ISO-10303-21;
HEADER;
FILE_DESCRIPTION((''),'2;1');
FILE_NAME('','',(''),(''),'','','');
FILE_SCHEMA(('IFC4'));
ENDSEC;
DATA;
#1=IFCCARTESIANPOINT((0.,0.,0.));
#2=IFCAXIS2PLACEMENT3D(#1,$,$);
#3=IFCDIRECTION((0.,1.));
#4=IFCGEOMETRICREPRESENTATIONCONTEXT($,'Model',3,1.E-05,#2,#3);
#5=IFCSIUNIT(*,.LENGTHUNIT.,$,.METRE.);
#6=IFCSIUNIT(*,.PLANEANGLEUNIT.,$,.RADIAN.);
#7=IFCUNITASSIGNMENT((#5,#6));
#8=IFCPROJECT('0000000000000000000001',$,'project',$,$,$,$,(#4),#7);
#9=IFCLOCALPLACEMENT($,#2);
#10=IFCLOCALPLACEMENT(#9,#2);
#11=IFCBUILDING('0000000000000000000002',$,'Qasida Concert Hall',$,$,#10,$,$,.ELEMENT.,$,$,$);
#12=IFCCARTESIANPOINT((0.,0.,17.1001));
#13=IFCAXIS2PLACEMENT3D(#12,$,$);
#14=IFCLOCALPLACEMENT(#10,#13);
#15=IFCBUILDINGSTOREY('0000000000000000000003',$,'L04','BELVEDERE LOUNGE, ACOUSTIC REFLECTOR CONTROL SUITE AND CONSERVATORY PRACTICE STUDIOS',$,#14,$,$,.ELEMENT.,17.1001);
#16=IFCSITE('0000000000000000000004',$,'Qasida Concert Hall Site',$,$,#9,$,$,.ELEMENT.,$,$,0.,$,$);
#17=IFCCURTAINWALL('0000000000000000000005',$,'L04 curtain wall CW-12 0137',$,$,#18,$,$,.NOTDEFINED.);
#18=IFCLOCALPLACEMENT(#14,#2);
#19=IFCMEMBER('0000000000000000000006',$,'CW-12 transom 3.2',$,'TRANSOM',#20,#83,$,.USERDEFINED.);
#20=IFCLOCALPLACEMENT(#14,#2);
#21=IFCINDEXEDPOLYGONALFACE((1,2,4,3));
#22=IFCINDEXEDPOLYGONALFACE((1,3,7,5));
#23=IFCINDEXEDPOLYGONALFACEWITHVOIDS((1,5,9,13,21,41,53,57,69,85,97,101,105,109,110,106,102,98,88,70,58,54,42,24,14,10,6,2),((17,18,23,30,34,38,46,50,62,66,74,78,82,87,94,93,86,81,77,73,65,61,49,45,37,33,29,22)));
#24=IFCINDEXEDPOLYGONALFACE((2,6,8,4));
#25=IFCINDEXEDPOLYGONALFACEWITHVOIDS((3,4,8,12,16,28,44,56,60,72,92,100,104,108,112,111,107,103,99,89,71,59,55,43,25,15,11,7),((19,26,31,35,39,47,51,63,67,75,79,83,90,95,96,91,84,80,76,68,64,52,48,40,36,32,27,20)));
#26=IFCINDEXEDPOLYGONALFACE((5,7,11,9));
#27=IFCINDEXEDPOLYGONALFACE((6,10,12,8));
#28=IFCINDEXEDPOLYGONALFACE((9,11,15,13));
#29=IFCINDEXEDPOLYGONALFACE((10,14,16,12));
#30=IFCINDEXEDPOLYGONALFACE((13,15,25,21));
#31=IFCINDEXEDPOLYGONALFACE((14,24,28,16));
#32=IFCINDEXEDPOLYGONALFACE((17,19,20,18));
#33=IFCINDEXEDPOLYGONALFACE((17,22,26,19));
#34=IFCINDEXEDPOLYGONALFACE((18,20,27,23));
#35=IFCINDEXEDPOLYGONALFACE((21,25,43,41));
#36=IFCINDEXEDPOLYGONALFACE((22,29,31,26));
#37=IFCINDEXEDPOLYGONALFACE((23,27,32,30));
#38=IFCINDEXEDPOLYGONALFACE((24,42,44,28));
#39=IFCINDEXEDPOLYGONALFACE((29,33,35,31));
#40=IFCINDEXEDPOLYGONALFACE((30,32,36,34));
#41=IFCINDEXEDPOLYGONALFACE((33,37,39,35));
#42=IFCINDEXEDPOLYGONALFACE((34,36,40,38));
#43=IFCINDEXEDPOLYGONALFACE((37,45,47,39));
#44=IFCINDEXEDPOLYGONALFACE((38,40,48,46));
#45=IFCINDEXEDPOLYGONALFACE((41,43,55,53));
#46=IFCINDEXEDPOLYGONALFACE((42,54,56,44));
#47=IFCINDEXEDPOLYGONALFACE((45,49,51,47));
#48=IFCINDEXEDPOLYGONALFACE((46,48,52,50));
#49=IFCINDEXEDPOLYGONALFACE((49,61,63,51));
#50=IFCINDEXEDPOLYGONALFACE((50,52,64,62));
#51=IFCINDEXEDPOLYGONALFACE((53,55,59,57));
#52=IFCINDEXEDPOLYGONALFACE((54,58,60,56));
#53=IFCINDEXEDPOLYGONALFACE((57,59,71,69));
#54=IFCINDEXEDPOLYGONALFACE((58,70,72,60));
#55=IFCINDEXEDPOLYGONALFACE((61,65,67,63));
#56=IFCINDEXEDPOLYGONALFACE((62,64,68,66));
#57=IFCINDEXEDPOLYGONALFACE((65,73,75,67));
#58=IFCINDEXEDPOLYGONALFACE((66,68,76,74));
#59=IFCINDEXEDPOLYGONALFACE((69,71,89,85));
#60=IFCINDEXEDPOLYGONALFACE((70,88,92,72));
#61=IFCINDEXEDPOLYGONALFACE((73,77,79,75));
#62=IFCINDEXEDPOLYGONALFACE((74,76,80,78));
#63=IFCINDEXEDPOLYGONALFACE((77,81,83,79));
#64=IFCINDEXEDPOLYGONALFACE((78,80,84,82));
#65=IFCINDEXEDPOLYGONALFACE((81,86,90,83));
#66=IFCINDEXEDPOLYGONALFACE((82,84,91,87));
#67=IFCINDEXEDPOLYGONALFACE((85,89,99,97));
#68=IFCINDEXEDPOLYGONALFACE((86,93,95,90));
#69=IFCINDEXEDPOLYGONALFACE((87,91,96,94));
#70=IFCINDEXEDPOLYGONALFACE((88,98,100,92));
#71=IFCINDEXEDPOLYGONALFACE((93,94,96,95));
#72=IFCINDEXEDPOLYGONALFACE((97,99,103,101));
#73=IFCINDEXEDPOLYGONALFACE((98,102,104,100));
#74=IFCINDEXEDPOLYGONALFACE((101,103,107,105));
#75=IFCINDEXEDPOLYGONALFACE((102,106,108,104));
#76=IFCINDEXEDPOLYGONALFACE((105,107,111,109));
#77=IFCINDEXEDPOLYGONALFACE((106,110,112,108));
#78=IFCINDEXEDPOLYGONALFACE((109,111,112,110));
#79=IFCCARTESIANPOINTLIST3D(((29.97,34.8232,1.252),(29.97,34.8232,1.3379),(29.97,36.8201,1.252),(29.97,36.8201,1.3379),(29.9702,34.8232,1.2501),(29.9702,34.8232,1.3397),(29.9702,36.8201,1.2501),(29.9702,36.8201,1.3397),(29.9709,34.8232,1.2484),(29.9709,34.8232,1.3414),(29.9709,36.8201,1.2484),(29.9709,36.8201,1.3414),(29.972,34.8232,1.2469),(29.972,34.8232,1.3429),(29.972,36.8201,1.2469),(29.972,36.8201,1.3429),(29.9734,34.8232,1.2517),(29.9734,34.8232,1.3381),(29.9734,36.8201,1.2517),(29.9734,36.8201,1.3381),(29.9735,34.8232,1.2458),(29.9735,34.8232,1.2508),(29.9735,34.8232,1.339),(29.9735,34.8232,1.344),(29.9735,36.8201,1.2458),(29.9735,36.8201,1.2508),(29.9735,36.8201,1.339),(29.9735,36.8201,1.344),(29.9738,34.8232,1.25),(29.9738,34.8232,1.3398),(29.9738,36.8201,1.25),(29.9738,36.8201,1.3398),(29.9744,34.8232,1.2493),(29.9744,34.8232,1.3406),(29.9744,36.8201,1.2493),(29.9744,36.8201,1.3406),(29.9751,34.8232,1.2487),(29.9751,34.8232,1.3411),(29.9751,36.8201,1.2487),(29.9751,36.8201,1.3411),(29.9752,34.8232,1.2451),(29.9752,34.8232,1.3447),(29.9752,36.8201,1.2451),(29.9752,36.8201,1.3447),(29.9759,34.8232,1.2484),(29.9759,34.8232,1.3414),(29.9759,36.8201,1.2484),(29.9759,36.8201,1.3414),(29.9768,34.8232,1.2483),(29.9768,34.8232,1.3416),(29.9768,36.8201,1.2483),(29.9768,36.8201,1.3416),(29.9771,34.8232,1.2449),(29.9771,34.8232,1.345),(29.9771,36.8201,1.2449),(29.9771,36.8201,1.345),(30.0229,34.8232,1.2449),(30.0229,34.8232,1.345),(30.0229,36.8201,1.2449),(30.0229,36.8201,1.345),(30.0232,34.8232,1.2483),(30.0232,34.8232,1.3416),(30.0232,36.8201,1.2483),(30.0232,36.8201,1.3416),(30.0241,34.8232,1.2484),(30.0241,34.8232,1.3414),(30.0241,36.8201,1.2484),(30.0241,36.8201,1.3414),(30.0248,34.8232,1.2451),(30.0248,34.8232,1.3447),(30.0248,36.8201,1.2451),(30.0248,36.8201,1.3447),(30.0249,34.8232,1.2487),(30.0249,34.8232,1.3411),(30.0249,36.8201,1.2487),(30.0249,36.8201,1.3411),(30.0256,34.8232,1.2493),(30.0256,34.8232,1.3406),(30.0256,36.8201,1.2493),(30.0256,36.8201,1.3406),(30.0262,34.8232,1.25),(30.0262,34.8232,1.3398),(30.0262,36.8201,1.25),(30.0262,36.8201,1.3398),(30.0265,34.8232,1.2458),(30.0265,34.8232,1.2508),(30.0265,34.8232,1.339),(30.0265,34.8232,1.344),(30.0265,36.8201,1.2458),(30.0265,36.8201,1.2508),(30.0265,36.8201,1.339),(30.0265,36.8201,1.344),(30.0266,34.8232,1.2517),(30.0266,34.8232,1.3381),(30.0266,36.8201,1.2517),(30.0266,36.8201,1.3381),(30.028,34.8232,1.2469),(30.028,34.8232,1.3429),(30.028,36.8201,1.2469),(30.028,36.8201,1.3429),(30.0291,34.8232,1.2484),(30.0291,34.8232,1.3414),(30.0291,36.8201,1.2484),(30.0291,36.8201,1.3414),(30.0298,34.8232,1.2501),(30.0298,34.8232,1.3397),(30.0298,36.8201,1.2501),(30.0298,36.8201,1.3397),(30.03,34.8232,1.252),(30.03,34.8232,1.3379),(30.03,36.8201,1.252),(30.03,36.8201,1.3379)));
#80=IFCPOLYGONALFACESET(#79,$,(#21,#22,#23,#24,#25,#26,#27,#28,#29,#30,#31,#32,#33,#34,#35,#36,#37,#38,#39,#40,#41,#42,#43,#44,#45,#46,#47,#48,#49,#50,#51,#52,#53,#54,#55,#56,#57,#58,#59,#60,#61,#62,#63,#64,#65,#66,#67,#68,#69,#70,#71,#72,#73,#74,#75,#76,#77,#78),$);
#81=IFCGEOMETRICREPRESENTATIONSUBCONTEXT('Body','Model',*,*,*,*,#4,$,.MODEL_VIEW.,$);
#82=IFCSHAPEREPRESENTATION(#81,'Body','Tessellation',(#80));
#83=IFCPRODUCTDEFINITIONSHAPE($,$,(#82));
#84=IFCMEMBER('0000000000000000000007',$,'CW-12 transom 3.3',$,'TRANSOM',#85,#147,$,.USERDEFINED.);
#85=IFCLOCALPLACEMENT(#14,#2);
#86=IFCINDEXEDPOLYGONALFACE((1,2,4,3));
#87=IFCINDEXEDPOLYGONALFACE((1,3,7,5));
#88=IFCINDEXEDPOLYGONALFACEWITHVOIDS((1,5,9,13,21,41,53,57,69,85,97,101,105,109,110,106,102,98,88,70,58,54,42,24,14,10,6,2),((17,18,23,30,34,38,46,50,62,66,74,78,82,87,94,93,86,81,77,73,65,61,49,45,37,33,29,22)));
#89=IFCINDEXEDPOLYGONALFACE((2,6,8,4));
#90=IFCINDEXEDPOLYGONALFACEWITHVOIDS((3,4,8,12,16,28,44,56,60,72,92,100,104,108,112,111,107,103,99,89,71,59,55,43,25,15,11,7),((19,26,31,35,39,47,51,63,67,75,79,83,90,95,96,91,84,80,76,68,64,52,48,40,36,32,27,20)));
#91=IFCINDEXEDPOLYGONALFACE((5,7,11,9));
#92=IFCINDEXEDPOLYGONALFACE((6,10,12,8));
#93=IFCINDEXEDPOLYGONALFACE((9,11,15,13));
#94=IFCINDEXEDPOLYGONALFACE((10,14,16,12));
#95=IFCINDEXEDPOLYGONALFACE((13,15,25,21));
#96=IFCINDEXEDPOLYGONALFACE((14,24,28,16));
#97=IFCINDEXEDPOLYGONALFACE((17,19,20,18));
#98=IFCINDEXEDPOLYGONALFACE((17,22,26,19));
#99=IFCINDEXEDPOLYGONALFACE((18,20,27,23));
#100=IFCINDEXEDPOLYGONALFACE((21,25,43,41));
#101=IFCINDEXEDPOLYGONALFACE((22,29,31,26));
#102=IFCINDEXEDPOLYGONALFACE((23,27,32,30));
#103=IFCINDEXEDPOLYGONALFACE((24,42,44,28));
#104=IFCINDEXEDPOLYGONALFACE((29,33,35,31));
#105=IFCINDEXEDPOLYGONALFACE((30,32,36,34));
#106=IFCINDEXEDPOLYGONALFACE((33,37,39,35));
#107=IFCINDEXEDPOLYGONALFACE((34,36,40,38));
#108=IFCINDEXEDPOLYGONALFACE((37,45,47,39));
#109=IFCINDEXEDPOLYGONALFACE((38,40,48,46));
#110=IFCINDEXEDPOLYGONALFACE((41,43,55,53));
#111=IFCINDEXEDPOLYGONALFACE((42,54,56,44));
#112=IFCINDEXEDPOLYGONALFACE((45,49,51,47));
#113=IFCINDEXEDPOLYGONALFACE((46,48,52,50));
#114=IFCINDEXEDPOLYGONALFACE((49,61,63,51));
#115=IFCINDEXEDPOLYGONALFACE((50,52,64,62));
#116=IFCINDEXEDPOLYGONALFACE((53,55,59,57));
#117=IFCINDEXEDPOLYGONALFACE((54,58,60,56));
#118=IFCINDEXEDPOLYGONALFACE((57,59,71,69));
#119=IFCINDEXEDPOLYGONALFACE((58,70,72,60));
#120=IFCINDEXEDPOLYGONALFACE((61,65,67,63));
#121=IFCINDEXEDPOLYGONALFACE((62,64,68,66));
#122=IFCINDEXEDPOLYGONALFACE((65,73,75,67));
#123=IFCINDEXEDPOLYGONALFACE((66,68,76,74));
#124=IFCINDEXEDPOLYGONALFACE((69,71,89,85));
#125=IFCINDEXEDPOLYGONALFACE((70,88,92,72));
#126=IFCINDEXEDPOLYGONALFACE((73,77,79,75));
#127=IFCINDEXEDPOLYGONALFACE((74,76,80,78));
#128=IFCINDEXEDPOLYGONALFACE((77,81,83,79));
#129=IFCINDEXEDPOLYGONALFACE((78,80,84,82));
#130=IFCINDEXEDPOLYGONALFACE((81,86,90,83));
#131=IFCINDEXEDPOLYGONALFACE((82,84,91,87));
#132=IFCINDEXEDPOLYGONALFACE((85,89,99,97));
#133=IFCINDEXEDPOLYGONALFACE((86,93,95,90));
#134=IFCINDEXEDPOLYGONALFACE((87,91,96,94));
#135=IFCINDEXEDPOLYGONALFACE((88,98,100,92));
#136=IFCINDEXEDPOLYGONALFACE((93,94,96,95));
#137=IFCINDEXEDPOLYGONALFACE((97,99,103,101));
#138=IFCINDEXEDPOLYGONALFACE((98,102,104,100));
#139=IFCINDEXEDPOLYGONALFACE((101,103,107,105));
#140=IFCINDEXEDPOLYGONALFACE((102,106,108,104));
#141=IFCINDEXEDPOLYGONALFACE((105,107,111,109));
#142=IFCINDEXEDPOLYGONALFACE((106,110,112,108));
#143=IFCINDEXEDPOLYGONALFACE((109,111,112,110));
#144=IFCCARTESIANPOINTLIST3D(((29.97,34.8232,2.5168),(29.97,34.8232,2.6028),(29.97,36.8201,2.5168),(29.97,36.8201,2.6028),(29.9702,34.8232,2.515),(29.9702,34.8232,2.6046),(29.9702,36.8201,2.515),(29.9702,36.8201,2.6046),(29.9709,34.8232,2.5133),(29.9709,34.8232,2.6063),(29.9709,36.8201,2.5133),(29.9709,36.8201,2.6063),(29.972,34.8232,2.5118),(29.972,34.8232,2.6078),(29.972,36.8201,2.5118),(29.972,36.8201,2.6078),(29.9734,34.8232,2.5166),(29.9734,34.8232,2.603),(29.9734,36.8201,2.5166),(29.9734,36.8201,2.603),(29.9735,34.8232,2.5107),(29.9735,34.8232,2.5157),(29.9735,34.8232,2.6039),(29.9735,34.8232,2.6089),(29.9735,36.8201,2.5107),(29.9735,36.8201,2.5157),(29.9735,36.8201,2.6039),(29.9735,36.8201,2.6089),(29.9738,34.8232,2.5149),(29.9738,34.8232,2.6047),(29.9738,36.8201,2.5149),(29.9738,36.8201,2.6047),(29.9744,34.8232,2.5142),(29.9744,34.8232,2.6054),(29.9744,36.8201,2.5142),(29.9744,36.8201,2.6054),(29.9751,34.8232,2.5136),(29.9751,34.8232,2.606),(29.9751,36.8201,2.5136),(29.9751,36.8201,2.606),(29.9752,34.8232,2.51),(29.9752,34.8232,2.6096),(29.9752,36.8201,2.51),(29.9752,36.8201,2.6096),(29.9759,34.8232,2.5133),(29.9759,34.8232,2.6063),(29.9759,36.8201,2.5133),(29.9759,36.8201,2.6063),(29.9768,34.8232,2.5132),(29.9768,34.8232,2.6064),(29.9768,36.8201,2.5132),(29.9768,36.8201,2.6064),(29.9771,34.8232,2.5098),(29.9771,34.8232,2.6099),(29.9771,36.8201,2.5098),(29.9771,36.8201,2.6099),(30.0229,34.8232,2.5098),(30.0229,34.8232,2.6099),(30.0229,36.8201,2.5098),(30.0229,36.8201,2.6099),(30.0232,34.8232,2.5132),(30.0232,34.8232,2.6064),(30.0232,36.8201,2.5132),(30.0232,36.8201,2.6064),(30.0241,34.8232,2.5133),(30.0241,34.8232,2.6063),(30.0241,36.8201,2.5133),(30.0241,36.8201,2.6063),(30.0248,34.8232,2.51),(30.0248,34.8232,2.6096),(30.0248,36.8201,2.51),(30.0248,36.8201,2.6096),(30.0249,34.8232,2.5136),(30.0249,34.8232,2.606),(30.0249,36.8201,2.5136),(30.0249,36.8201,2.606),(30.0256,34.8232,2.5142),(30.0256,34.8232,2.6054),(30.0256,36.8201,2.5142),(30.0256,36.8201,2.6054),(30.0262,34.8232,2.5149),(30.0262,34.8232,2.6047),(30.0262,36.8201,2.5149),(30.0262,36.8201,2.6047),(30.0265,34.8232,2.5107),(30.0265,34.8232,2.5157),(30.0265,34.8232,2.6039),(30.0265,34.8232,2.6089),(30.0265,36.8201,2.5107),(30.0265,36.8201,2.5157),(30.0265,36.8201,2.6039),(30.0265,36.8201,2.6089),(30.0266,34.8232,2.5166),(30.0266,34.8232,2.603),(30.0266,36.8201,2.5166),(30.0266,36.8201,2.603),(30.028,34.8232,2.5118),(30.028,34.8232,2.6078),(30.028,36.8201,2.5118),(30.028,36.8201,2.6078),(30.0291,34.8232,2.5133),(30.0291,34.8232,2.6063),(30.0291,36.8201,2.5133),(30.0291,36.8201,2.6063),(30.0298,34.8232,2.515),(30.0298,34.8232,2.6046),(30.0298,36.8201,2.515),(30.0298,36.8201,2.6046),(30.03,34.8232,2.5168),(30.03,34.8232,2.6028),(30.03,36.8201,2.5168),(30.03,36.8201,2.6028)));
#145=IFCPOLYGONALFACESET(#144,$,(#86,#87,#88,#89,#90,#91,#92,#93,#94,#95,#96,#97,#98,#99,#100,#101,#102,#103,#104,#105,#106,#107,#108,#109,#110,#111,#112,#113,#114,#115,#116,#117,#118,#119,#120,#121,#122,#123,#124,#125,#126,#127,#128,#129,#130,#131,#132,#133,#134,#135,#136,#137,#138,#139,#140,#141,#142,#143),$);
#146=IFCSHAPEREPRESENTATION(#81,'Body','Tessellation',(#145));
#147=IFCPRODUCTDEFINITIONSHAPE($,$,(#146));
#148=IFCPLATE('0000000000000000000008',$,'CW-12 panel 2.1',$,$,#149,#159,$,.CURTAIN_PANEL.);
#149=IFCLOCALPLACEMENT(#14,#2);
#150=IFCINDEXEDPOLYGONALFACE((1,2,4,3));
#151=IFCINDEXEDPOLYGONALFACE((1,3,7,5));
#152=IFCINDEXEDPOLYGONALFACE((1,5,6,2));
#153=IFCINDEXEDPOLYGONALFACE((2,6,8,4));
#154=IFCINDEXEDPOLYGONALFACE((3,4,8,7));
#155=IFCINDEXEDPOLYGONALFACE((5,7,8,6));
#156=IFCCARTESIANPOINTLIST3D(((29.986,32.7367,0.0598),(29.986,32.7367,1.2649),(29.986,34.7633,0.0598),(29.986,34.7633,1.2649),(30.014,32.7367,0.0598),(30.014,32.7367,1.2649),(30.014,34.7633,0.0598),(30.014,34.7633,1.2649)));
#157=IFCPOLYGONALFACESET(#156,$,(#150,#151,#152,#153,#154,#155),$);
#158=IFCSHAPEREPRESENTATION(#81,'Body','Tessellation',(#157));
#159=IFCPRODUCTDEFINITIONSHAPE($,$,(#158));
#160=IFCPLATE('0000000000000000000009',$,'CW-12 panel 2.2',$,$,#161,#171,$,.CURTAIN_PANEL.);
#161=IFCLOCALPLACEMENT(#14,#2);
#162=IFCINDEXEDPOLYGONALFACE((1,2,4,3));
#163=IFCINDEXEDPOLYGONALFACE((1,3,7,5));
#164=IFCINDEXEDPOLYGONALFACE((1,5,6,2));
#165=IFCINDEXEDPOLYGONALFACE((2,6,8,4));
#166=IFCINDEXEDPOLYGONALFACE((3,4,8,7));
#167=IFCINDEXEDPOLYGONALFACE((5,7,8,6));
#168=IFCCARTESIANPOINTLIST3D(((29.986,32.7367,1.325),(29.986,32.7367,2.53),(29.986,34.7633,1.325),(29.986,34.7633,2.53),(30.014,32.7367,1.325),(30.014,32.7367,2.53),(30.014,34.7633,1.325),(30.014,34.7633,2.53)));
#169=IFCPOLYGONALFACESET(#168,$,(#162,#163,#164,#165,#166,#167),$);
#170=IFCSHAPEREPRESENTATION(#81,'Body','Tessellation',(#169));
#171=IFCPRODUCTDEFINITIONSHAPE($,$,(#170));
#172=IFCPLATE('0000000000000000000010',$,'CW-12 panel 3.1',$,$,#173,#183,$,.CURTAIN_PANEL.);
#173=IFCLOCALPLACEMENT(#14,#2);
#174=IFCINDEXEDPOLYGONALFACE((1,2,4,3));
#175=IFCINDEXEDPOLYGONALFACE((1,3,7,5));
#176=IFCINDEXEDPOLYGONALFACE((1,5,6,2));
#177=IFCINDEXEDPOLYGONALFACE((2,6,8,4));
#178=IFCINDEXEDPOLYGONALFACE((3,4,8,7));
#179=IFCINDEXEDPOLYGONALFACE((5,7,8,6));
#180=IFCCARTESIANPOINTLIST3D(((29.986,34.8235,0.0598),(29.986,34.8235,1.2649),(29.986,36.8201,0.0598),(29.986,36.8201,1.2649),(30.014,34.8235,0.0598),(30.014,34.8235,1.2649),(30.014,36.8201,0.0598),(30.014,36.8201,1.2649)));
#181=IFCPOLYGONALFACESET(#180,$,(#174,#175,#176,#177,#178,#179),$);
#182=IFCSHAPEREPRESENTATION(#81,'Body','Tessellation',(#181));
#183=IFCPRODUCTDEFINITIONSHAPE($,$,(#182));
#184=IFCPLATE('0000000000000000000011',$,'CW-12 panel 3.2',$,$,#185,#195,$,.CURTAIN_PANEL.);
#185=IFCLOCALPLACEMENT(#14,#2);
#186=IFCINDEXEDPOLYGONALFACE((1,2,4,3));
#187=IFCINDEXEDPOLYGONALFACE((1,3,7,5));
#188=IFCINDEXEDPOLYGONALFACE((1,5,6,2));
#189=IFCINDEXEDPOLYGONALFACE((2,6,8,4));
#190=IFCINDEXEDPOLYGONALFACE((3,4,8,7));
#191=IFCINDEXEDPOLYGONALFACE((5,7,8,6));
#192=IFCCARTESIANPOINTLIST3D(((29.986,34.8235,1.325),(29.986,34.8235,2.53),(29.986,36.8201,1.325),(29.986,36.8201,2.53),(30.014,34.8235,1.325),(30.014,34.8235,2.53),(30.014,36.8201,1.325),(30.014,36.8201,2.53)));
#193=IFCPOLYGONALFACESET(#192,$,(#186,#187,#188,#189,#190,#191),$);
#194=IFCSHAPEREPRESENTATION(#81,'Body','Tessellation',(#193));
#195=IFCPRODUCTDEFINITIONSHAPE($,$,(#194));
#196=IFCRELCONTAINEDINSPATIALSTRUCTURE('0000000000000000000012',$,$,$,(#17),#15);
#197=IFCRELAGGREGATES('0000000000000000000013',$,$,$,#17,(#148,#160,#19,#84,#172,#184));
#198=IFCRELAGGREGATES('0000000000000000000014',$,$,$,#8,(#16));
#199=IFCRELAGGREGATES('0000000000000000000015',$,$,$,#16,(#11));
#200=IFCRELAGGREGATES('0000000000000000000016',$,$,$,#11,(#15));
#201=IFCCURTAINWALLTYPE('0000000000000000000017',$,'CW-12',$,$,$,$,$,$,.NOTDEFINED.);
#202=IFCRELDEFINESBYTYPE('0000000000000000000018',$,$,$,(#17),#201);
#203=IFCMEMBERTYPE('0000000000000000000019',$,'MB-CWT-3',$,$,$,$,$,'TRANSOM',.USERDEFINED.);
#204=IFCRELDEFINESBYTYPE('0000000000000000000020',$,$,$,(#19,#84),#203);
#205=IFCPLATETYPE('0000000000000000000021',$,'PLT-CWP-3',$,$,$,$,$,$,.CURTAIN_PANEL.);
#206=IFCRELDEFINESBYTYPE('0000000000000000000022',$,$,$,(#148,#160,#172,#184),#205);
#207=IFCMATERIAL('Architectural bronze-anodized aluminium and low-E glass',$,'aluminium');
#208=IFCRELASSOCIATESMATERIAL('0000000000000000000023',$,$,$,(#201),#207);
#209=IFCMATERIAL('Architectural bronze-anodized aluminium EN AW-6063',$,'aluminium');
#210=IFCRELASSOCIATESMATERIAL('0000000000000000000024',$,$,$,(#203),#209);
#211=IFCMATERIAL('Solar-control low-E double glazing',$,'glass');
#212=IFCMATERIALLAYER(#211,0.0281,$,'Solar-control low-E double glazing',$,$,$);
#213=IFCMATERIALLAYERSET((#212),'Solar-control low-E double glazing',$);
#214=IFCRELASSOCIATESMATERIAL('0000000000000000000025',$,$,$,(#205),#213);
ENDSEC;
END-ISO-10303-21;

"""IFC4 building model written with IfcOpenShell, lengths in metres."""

from ifc_helpers import new_model, si_unit, direction, frame, origin, origin_2d, place, context, subcontext, project, spatial, rectangle, hollow_rectangle, extrude, material, layer, layer_set, material_profile, profile_set, type_object, element, aggregate, save


model = new_model("IFC4")

# Units and contexts
model_context = context("Model", 3, precision=1e-05, world=origin(), true_north=direction((0.0, 1.0)))
body_context = subcontext(model_context, "Body", "Model", "MODEL_VIEW")
ifc_project = project(units=[si_unit("LENGTHUNIT", "METRE"), si_unit("PLANEANGLEUNIT", "RADIAN")], contexts=[model_context])

# Site, building, storey
site_placement = place(None, origin())
site = spatial("IfcSite", under=ifc_project, at=site_placement, Name="Qasida Concert Hall Site", CompositionType="ELEMENT", RefElevation=0.0)
building_placement = place(site_placement, origin())
building = spatial("IfcBuilding", under=site, at=building_placement, Name="Qasida Concert Hall", CompositionType="ELEMENT")
storey_placement = place(building_placement, frame((0.0, 0.0, 17.1001)))
storey = spatial("IfcBuildingStorey", under=building, at=storey_placement, Name="L04", Description="BELVEDERE LOUNGE, ACOUSTIC REFLECTOR CONTROL SUITE AND CONSERVATORY PRACTICE STUDIOS", CompositionType="ELEMENT", Elevation=17.1001)

# Curtain wall, members, plates
ifc_material_1 = material(Name="Architectural bronze-anodized aluminium and low-E glass", Category="aluminium")
curtain_wall_type = type_object("IfcCurtainWallType", Name="CW-12", PredefinedType="NOTDEFINED", material=ifc_material_1)
curtain_wall_placement = place(storey_placement, origin())
curtain_wall = element("IfcCurtainWall", 1, at=curtain_wall_placement, inside=storey, type_object=curtain_wall_type, Name="L04 curtain wall CW-12 0137", PredefinedType="NOTDEFINED")
ifc_material_2 = material(Name="Architectural bronze-anodized aluminium EN AW-6063", Category="aluminium")
ifc_material_profile_1 = material_profile(ifc_material_2, hollow_rectangle(XDim=0.0601, YDim=0.1001, WallThickness=0.0034, InnerFilletRadius=0.0034, OuterFilletRadius=0.0071, at=origin_2d()), Name="CWT 100x60x3.5")
ifc_profile_set_1 = profile_set([ifc_material_profile_1], Name="Architectural bronze-anodized aluminium EN AW-6063")
member_type_1 = type_object("IfcMemberType", Name="MB-CWT-3", ElementType="TRANSOM", PredefinedType="USERDEFINED", material=ifc_profile_set_1)
member_1_placement = place(storey_placement, frame((30.0, 34.8232, 1.2949), z_axis=(0.0, 1.0, 0.0), x_axis=(-1.0, 0.0, 0.0)))
member_1 = element("IfcMember", 2, at=member_1_placement, type_object=member_type_1, Name="CW-12 transom 3.2", ObjectType="TRANSOM", PredefinedType="USERDEFINED", context=body_context, shape_type="SweptSolid", body=[
    extrude(hollow_rectangle(XDim=0.0601, YDim=0.1001, WallThickness=0.0034, InnerFilletRadius=0.0034, OuterFilletRadius=0.0071, at=origin_2d()), origin(), (0.0, 0.0, 1.0), 1.9968),
])
member_2_placement = place(storey_placement, frame((30.0, 34.8232, 2.5598), z_axis=(0.0, 1.0, 0.0), x_axis=(-1.0, 0.0, 0.0)))
member_2 = element("IfcMember", 3, at=member_2_placement, type_object=member_type_1, Name="CW-12 transom 3.3", ObjectType="TRANSOM", PredefinedType="USERDEFINED", context=body_context, shape_type="SweptSolid", body=[
    extrude(hollow_rectangle(XDim=0.0601, YDim=0.1001, WallThickness=0.0034, InnerFilletRadius=0.0034, OuterFilletRadius=0.0071, at=origin_2d()), origin(), (0.0, 0.0, 1.0), 1.9968),
])
ifc_material_3 = material(Name="Solar-control low-E double glazing", Category="glass")
ifc_layer_1 = layer(ifc_material_3, 0.0281, Name="Solar-control low-E double glazing")
ifc_layer_set_1 = layer_set([ifc_layer_1], Name="Solar-control low-E double glazing")
plate_type = type_object("IfcPlateType", Name="PLT-CWP-3", PredefinedType="CURTAIN_PANEL", material=ifc_layer_set_1)
plate_1_placement = place(storey_placement, frame((30.0, 33.75, 0.0598), z_axis=(0.0, 0.0, 1.0), x_axis=(0.0, 1.0, 0.0)))
plate_1 = element("IfcPlate", 4, at=plate_1_placement, type_object=plate_type, Name="CW-12 panel 2.1", PredefinedType="CURTAIN_PANEL", context=body_context, shape_type="SweptSolid", body=[
    extrude(rectangle(XDim=2.0266, YDim=0.0281, at=origin_2d()), origin(), (0.0, 0.0, 1.0), 1.2051),
])
plate_2_placement = place(storey_placement, frame((30.0, 33.75, 1.325), z_axis=(0.0, 0.0, 1.0), x_axis=(0.0, 1.0, 0.0)))
plate_2 = element("IfcPlate", 5, at=plate_2_placement, type_object=plate_type, Name="CW-12 panel 2.2", PredefinedType="CURTAIN_PANEL", context=body_context, shape_type="SweptSolid", body=[
    extrude(rectangle(XDim=2.0266, YDim=0.0281, at=origin_2d()), origin(), (0.0, 0.0, 1.0), 1.2051),
])
plate_3_placement = place(storey_placement, frame((30.0, 35.8218, 0.0598), z_axis=(0.0, 0.0, 1.0), x_axis=(0.0, 1.0, 0.0)))
plate_3 = element("IfcPlate", 6, at=plate_3_placement, type_object=plate_type, Name="CW-12 panel 3.1", PredefinedType="CURTAIN_PANEL", context=body_context, shape_type="SweptSolid", body=[
    extrude(rectangle(XDim=1.9966, YDim=0.0281, at=origin_2d()), origin(), (0.0, 0.0, 1.0), 1.2051),
])
plate_4_placement = place(storey_placement, frame((30.0, 35.8218, 1.325), z_axis=(0.0, 0.0, 1.0), x_axis=(0.0, 1.0, 0.0)))
plate_4 = element("IfcPlate", 7, at=plate_4_placement, type_object=plate_type, Name="CW-12 panel 3.2", PredefinedType="CURTAIN_PANEL", context=body_context, shape_type="SweptSolid", body=[
    extrude(rectangle(XDim=1.9966, YDim=0.0281, at=origin_2d()), origin(), (0.0, 0.0, 1.0), 1.2051),
])
aggregate(curtain_wall, [plate_1, plate_2, member_1, member_2, plate_3, plate_4])

save(model, "model.ifc")
